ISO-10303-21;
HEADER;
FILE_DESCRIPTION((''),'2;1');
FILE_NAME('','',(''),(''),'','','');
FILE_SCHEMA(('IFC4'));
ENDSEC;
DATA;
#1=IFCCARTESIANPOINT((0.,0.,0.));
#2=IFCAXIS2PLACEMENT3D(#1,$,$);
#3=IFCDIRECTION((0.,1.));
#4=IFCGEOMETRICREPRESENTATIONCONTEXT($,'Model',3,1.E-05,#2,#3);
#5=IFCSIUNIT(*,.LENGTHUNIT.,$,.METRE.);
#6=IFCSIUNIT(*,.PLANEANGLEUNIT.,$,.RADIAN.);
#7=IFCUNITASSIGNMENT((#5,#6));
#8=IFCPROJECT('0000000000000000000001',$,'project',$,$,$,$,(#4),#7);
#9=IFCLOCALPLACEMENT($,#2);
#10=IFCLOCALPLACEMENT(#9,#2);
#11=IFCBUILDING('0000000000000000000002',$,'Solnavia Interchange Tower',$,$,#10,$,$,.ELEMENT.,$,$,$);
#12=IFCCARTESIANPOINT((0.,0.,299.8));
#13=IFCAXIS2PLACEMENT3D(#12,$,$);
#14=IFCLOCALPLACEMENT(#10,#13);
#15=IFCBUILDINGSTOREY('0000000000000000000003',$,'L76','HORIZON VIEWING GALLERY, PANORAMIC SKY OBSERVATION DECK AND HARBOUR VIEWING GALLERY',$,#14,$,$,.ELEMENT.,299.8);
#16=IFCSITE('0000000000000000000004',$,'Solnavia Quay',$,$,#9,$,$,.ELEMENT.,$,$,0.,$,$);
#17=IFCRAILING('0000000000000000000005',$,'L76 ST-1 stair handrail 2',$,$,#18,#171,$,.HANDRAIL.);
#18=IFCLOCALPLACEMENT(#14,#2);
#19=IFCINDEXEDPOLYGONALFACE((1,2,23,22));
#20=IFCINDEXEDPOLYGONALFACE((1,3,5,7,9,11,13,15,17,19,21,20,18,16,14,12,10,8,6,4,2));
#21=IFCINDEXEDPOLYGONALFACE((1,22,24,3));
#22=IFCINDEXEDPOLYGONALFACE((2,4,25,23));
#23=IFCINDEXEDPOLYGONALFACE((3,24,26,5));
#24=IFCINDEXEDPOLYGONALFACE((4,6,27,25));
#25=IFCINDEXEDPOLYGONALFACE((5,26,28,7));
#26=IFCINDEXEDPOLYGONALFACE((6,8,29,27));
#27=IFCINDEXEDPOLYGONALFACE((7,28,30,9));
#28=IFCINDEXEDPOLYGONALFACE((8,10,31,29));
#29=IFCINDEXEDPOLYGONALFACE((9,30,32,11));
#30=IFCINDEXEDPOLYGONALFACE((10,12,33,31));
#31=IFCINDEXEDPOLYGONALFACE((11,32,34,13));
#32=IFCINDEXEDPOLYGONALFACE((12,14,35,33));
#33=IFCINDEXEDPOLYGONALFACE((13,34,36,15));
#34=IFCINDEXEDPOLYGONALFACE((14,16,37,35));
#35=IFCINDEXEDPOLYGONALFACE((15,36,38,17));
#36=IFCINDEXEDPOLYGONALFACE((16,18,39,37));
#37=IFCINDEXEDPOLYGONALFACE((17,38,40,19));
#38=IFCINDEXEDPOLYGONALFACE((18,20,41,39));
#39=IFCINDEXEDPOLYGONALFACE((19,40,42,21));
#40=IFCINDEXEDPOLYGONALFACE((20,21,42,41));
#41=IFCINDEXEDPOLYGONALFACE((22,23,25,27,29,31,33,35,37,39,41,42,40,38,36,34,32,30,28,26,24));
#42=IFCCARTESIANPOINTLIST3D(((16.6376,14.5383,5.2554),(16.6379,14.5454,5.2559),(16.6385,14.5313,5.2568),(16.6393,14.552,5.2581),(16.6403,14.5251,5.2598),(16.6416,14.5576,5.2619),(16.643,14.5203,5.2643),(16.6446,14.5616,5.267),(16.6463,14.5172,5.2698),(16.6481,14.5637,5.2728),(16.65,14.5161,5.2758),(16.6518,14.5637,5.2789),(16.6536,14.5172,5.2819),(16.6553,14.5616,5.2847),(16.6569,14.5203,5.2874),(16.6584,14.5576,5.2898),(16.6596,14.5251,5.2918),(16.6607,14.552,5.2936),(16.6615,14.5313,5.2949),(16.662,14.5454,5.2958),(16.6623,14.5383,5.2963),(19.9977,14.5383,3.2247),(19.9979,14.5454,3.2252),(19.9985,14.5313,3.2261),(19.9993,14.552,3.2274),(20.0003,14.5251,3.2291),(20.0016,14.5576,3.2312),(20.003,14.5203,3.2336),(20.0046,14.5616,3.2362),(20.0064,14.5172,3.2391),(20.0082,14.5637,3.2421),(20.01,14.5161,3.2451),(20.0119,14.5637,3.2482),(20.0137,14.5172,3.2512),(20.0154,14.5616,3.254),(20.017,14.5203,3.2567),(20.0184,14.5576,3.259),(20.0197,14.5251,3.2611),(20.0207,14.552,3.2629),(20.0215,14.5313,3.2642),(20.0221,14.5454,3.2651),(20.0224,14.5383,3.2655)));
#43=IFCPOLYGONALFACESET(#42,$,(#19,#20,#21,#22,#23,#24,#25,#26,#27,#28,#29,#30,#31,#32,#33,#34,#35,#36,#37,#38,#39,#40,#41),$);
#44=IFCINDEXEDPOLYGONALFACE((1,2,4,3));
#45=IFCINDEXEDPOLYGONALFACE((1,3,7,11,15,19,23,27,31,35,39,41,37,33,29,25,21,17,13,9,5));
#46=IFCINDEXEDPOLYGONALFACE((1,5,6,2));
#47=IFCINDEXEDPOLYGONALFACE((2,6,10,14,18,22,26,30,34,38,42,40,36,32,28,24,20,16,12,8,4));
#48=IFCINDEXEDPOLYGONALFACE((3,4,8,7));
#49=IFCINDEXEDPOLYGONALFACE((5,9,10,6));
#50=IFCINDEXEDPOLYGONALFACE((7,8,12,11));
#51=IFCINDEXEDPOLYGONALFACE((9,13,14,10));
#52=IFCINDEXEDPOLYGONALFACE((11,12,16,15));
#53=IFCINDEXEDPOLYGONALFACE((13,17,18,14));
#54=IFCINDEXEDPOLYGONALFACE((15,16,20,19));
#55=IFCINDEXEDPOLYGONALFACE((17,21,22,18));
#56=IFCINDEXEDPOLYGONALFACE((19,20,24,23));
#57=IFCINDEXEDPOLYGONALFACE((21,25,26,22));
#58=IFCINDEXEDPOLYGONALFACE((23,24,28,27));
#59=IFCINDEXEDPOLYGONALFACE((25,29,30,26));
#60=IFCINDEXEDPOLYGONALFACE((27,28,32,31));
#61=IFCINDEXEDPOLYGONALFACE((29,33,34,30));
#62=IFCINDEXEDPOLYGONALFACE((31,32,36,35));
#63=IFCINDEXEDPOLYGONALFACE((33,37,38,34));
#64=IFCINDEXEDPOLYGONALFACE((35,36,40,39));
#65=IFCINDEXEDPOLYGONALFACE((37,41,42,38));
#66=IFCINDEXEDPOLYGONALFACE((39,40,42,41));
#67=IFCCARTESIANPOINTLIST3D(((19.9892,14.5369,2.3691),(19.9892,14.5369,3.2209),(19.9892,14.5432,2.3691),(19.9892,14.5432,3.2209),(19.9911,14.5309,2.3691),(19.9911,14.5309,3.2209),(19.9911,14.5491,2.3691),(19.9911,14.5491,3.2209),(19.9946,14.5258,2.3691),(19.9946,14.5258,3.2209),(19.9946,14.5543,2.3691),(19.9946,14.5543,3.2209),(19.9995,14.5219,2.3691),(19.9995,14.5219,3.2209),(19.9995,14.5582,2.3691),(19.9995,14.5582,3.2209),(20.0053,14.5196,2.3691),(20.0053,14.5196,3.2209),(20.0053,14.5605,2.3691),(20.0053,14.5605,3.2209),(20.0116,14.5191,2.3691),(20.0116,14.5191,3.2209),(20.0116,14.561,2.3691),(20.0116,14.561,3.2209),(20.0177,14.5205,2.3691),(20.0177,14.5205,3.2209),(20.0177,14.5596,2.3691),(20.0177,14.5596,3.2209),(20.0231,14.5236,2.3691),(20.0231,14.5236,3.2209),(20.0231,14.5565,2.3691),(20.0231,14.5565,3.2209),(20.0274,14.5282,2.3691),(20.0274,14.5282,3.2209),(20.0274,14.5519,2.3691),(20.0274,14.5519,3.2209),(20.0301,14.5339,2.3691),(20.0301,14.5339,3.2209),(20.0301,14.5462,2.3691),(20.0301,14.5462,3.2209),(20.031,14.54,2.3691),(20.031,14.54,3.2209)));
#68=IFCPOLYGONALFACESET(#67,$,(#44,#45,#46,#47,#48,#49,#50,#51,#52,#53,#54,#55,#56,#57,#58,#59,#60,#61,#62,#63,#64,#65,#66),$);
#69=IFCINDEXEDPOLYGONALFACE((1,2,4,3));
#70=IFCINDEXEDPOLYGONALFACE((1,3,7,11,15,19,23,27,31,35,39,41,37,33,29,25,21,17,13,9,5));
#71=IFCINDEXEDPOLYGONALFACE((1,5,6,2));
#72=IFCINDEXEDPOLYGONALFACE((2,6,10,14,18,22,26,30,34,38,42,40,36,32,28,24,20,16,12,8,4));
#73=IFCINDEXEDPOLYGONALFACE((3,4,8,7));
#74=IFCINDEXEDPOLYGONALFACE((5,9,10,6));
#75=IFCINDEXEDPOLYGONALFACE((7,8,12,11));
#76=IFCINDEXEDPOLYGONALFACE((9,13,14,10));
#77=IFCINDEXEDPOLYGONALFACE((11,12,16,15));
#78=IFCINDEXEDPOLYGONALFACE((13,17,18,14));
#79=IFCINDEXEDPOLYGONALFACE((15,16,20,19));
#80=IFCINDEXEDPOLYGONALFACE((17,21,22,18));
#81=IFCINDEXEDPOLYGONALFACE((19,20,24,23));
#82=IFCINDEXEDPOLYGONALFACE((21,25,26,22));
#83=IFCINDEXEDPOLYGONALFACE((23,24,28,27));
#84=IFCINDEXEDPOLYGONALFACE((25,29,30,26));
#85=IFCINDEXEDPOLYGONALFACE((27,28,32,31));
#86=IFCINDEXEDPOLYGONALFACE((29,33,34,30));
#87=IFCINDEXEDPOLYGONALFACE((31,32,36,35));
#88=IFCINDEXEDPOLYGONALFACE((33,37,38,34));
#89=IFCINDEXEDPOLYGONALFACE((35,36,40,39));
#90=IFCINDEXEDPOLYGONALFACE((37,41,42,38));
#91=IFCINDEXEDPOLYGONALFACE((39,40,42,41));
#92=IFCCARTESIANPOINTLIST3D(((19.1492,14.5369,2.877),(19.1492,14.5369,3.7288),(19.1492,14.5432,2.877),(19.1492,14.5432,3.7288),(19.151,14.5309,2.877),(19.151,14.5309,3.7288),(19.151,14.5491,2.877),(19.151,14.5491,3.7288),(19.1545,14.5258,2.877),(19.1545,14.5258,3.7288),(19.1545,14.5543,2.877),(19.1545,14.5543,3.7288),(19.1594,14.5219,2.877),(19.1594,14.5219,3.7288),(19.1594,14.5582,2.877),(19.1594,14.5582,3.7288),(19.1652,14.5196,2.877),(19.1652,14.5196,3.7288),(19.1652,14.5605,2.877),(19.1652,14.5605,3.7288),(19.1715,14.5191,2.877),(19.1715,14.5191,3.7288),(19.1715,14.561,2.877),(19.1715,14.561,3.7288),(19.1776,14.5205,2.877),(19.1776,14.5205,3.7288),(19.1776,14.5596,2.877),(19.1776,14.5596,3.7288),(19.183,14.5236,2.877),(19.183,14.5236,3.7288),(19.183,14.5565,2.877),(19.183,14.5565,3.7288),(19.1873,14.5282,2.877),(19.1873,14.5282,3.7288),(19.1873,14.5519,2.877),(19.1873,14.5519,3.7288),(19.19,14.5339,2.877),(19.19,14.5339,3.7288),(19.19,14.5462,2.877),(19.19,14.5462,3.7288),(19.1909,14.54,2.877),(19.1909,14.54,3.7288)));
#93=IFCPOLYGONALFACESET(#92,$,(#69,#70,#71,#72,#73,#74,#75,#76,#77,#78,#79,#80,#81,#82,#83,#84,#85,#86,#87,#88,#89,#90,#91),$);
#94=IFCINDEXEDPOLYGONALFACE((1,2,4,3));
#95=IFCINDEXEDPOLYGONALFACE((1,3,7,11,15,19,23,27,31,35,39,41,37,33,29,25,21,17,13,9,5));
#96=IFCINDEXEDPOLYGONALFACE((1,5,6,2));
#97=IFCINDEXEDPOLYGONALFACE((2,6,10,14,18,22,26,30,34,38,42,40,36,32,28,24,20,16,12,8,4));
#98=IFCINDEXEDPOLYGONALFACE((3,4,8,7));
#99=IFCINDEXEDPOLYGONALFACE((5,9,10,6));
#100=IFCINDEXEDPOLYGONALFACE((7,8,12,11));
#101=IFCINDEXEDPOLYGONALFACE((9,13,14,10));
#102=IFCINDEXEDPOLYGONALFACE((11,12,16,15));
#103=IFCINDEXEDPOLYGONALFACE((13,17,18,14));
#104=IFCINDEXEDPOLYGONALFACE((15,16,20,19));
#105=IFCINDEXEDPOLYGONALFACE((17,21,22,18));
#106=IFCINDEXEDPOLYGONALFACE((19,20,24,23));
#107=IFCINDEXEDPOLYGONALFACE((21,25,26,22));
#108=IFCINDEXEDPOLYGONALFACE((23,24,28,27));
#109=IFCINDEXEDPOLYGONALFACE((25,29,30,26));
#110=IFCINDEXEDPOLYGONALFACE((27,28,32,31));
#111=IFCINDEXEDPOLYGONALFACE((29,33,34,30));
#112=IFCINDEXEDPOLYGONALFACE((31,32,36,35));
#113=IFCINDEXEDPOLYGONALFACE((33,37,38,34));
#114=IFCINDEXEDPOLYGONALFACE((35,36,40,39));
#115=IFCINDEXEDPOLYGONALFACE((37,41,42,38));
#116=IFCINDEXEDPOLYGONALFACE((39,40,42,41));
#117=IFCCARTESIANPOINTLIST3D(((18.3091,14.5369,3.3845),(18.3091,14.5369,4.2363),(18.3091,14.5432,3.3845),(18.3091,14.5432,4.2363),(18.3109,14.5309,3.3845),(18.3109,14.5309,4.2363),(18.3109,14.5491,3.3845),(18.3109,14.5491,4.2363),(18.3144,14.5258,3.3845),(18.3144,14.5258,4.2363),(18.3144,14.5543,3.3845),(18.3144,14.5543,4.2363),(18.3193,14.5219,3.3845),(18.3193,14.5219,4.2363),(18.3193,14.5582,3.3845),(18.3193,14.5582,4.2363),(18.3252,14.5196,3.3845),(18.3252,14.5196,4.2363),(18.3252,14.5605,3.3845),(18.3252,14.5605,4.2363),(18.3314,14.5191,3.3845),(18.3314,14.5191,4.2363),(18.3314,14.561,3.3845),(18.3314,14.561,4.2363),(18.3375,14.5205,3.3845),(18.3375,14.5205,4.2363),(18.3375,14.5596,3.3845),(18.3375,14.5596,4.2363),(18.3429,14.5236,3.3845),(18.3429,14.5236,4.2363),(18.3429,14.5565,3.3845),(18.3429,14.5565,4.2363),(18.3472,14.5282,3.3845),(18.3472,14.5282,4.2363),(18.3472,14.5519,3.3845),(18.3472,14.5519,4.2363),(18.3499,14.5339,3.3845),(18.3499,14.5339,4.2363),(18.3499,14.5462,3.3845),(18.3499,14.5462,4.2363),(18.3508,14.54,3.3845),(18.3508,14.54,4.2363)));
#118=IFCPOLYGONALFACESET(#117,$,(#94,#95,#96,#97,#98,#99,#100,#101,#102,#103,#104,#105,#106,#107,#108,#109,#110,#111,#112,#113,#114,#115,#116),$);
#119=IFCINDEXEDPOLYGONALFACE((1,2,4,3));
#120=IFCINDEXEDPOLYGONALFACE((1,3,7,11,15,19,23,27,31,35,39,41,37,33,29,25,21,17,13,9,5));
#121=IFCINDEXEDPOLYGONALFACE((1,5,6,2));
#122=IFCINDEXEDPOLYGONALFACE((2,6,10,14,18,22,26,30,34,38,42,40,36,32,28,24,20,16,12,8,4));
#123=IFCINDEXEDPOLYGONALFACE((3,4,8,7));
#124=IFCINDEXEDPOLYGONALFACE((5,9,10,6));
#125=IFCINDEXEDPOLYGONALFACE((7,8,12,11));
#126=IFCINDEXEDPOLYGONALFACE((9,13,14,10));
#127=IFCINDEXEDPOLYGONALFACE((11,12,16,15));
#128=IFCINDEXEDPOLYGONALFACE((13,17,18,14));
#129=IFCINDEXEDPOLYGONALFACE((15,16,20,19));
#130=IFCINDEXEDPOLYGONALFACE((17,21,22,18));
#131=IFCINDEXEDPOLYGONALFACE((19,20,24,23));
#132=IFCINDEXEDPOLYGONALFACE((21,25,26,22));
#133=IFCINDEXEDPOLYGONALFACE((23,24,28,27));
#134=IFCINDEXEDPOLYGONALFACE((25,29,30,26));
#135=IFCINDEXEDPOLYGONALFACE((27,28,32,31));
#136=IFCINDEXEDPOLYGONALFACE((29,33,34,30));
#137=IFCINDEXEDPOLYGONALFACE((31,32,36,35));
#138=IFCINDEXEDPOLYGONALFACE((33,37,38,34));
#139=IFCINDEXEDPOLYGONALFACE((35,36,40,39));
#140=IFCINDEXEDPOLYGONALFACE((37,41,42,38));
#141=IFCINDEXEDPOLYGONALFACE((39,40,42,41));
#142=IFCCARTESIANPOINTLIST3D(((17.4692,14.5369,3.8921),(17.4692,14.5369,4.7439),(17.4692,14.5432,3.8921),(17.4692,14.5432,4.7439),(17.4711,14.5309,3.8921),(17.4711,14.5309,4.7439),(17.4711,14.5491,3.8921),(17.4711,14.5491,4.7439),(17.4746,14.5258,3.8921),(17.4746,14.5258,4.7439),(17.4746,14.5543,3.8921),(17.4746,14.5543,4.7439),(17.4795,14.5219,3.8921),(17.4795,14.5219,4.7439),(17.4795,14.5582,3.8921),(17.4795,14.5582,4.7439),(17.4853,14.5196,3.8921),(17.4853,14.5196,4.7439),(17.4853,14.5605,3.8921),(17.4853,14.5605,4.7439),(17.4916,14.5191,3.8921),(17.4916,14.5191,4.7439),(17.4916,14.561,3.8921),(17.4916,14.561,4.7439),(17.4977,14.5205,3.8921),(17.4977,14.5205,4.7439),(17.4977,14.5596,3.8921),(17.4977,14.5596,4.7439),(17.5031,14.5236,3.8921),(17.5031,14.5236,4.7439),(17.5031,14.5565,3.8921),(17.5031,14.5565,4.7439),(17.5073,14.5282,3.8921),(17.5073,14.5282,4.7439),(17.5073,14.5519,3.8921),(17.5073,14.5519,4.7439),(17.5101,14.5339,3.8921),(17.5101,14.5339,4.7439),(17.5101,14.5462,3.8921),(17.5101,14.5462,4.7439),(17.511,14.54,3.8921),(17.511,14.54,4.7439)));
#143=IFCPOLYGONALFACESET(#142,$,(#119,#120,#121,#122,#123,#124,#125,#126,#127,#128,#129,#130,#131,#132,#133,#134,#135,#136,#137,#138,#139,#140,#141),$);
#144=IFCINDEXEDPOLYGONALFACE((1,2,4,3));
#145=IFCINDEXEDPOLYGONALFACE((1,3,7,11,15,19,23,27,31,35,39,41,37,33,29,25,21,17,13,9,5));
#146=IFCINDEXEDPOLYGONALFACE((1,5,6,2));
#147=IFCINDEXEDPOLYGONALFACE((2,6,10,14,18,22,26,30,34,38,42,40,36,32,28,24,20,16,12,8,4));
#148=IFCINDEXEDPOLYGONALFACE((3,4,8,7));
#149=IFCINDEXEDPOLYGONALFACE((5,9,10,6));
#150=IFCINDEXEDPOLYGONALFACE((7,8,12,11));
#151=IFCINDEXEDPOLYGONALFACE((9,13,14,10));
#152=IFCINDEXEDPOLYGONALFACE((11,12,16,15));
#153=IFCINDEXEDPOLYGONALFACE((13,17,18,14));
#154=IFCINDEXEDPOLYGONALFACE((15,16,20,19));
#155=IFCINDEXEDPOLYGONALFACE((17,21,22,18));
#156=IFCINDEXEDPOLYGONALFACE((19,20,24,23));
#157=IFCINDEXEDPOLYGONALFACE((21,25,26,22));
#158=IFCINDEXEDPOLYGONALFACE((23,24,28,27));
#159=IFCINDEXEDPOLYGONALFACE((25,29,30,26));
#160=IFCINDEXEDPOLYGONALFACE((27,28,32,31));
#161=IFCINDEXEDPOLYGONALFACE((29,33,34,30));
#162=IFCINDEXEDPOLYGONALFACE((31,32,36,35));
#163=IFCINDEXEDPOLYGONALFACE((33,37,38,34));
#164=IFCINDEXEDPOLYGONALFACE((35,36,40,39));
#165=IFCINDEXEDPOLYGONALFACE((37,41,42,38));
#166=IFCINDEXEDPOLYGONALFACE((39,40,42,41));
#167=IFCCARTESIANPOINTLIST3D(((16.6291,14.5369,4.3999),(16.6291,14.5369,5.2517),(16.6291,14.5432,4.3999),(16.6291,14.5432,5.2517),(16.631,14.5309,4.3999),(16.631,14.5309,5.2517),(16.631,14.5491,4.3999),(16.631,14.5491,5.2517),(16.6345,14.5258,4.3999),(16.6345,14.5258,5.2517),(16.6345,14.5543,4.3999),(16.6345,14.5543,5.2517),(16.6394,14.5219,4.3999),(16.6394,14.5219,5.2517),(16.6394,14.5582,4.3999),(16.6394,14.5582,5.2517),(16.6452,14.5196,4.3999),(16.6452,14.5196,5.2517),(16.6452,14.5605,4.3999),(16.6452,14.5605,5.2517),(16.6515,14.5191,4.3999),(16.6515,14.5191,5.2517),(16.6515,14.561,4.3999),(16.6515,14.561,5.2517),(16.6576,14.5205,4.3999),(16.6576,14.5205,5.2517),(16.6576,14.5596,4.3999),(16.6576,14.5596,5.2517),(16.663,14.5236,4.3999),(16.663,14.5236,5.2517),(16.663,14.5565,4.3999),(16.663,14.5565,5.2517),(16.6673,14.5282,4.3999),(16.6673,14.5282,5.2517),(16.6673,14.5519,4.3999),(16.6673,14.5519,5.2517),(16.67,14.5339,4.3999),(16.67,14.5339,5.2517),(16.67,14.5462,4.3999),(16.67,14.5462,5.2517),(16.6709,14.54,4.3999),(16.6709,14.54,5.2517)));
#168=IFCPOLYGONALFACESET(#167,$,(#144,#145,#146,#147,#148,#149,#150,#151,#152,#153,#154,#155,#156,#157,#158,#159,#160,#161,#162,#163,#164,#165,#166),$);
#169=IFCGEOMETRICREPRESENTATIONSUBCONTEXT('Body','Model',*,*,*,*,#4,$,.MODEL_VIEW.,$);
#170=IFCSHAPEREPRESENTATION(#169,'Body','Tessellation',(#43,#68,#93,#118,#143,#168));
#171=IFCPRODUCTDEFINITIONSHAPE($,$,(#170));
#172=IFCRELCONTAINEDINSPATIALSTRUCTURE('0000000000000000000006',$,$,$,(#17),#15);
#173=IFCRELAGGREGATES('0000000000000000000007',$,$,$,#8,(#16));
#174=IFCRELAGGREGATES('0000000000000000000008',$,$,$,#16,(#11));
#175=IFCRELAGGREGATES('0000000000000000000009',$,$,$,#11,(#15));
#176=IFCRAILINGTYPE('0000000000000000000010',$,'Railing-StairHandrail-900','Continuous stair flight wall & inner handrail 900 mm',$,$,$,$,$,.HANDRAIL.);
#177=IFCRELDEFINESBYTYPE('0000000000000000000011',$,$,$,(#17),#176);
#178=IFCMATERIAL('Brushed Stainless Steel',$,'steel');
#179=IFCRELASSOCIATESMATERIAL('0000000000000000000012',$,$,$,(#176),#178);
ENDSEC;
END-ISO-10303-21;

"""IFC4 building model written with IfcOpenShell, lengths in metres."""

from ifc_helpers import new_model, si_unit, direction, frame, origin, origin_2d, place, context, subcontext, project, spatial, circle, extrude, material, type_object, element, save


model = new_model("IFC4")

# Units and contexts
model_context = context("Model", 3, precision=1e-05, world=origin(), true_north=direction((0.0, 1.0)))
body_context = subcontext(model_context, "Body", "Model", "MODEL_VIEW")
ifc_project = project(units=[si_unit("LENGTHUNIT", "METRE"), si_unit("PLANEANGLEUNIT", "RADIAN")], contexts=[model_context])

# Site, building, storey
site_placement = place(None, origin())
site = spatial("IfcSite", under=ifc_project, at=site_placement, Name="Solnavia Quay", CompositionType="ELEMENT", RefElevation=0.0)
building_placement = place(site_placement, origin())
building = spatial("IfcBuilding", under=site, at=building_placement, Name="Solnavia Interchange Tower", CompositionType="ELEMENT")
storey_placement = place(building_placement, frame((0.0, 0.0, 299.8)))
storey = spatial("IfcBuildingStorey", under=building, at=storey_placement, Name="L76", Description="HORIZON VIEWING GALLERY, PANORAMIC SKY OBSERVATION DECK AND HARBOUR VIEWING GALLERY", CompositionType="ELEMENT", Elevation=299.8)

# Railing
ifc_material_1 = material(Name="Brushed Stainless Steel", Category="steel")
railing_type_1 = type_object("IfcRailingType", Name="Railing-StairHandrail-900", Description="Continuous stair flight wall & inner handrail 900 mm", PredefinedType="HANDRAIL", material=ifc_material_1)
railing_1_placement = place(storey_placement, frame((20.01, 14.54, 2.3691)))
element("IfcRailing", 1, at=railing_1_placement, inside=storey, type_object=railing_type_1, Name="L76 ST-1 stair handrail 2", PredefinedType="HANDRAIL", context=body_context, shape_type="SweptSolid", body=[
    extrude(circle(Radius=0.0239, at=origin_2d()), frame((0.0, 0.0, 0.876), z_axis=(-0.855837, 0.0, 0.517246), x_axis=(0.0, -1.0, 0.0)), (0.0, 0.0, 1.0), 3.926),
    extrude(circle(Radius=0.021, at=origin_2d()), origin(), (0.0, 0.0, 1.0), 0.8518),
    extrude(circle(Radius=0.021, at=origin_2d()), frame((-0.8401, 0.0, 0.5078)), (0.0, 0.0, 1.0), 0.8518),
    extrude(circle(Radius=0.021, at=origin_2d()), frame((-1.6802, 0.0, 1.0154)), (0.0, 0.0, 1.0), 0.8518),
    extrude(circle(Radius=0.021, at=origin_2d()), frame((-2.52, 0.0, 1.5229)), (0.0, 0.0, 1.0), 0.8518),
    extrude(circle(Radius=0.021, at=origin_2d()), frame((-3.3601, 0.0, 2.0308)), (0.0, 0.0, 1.0), 0.8518),
])

save(model, "model.ifc")
